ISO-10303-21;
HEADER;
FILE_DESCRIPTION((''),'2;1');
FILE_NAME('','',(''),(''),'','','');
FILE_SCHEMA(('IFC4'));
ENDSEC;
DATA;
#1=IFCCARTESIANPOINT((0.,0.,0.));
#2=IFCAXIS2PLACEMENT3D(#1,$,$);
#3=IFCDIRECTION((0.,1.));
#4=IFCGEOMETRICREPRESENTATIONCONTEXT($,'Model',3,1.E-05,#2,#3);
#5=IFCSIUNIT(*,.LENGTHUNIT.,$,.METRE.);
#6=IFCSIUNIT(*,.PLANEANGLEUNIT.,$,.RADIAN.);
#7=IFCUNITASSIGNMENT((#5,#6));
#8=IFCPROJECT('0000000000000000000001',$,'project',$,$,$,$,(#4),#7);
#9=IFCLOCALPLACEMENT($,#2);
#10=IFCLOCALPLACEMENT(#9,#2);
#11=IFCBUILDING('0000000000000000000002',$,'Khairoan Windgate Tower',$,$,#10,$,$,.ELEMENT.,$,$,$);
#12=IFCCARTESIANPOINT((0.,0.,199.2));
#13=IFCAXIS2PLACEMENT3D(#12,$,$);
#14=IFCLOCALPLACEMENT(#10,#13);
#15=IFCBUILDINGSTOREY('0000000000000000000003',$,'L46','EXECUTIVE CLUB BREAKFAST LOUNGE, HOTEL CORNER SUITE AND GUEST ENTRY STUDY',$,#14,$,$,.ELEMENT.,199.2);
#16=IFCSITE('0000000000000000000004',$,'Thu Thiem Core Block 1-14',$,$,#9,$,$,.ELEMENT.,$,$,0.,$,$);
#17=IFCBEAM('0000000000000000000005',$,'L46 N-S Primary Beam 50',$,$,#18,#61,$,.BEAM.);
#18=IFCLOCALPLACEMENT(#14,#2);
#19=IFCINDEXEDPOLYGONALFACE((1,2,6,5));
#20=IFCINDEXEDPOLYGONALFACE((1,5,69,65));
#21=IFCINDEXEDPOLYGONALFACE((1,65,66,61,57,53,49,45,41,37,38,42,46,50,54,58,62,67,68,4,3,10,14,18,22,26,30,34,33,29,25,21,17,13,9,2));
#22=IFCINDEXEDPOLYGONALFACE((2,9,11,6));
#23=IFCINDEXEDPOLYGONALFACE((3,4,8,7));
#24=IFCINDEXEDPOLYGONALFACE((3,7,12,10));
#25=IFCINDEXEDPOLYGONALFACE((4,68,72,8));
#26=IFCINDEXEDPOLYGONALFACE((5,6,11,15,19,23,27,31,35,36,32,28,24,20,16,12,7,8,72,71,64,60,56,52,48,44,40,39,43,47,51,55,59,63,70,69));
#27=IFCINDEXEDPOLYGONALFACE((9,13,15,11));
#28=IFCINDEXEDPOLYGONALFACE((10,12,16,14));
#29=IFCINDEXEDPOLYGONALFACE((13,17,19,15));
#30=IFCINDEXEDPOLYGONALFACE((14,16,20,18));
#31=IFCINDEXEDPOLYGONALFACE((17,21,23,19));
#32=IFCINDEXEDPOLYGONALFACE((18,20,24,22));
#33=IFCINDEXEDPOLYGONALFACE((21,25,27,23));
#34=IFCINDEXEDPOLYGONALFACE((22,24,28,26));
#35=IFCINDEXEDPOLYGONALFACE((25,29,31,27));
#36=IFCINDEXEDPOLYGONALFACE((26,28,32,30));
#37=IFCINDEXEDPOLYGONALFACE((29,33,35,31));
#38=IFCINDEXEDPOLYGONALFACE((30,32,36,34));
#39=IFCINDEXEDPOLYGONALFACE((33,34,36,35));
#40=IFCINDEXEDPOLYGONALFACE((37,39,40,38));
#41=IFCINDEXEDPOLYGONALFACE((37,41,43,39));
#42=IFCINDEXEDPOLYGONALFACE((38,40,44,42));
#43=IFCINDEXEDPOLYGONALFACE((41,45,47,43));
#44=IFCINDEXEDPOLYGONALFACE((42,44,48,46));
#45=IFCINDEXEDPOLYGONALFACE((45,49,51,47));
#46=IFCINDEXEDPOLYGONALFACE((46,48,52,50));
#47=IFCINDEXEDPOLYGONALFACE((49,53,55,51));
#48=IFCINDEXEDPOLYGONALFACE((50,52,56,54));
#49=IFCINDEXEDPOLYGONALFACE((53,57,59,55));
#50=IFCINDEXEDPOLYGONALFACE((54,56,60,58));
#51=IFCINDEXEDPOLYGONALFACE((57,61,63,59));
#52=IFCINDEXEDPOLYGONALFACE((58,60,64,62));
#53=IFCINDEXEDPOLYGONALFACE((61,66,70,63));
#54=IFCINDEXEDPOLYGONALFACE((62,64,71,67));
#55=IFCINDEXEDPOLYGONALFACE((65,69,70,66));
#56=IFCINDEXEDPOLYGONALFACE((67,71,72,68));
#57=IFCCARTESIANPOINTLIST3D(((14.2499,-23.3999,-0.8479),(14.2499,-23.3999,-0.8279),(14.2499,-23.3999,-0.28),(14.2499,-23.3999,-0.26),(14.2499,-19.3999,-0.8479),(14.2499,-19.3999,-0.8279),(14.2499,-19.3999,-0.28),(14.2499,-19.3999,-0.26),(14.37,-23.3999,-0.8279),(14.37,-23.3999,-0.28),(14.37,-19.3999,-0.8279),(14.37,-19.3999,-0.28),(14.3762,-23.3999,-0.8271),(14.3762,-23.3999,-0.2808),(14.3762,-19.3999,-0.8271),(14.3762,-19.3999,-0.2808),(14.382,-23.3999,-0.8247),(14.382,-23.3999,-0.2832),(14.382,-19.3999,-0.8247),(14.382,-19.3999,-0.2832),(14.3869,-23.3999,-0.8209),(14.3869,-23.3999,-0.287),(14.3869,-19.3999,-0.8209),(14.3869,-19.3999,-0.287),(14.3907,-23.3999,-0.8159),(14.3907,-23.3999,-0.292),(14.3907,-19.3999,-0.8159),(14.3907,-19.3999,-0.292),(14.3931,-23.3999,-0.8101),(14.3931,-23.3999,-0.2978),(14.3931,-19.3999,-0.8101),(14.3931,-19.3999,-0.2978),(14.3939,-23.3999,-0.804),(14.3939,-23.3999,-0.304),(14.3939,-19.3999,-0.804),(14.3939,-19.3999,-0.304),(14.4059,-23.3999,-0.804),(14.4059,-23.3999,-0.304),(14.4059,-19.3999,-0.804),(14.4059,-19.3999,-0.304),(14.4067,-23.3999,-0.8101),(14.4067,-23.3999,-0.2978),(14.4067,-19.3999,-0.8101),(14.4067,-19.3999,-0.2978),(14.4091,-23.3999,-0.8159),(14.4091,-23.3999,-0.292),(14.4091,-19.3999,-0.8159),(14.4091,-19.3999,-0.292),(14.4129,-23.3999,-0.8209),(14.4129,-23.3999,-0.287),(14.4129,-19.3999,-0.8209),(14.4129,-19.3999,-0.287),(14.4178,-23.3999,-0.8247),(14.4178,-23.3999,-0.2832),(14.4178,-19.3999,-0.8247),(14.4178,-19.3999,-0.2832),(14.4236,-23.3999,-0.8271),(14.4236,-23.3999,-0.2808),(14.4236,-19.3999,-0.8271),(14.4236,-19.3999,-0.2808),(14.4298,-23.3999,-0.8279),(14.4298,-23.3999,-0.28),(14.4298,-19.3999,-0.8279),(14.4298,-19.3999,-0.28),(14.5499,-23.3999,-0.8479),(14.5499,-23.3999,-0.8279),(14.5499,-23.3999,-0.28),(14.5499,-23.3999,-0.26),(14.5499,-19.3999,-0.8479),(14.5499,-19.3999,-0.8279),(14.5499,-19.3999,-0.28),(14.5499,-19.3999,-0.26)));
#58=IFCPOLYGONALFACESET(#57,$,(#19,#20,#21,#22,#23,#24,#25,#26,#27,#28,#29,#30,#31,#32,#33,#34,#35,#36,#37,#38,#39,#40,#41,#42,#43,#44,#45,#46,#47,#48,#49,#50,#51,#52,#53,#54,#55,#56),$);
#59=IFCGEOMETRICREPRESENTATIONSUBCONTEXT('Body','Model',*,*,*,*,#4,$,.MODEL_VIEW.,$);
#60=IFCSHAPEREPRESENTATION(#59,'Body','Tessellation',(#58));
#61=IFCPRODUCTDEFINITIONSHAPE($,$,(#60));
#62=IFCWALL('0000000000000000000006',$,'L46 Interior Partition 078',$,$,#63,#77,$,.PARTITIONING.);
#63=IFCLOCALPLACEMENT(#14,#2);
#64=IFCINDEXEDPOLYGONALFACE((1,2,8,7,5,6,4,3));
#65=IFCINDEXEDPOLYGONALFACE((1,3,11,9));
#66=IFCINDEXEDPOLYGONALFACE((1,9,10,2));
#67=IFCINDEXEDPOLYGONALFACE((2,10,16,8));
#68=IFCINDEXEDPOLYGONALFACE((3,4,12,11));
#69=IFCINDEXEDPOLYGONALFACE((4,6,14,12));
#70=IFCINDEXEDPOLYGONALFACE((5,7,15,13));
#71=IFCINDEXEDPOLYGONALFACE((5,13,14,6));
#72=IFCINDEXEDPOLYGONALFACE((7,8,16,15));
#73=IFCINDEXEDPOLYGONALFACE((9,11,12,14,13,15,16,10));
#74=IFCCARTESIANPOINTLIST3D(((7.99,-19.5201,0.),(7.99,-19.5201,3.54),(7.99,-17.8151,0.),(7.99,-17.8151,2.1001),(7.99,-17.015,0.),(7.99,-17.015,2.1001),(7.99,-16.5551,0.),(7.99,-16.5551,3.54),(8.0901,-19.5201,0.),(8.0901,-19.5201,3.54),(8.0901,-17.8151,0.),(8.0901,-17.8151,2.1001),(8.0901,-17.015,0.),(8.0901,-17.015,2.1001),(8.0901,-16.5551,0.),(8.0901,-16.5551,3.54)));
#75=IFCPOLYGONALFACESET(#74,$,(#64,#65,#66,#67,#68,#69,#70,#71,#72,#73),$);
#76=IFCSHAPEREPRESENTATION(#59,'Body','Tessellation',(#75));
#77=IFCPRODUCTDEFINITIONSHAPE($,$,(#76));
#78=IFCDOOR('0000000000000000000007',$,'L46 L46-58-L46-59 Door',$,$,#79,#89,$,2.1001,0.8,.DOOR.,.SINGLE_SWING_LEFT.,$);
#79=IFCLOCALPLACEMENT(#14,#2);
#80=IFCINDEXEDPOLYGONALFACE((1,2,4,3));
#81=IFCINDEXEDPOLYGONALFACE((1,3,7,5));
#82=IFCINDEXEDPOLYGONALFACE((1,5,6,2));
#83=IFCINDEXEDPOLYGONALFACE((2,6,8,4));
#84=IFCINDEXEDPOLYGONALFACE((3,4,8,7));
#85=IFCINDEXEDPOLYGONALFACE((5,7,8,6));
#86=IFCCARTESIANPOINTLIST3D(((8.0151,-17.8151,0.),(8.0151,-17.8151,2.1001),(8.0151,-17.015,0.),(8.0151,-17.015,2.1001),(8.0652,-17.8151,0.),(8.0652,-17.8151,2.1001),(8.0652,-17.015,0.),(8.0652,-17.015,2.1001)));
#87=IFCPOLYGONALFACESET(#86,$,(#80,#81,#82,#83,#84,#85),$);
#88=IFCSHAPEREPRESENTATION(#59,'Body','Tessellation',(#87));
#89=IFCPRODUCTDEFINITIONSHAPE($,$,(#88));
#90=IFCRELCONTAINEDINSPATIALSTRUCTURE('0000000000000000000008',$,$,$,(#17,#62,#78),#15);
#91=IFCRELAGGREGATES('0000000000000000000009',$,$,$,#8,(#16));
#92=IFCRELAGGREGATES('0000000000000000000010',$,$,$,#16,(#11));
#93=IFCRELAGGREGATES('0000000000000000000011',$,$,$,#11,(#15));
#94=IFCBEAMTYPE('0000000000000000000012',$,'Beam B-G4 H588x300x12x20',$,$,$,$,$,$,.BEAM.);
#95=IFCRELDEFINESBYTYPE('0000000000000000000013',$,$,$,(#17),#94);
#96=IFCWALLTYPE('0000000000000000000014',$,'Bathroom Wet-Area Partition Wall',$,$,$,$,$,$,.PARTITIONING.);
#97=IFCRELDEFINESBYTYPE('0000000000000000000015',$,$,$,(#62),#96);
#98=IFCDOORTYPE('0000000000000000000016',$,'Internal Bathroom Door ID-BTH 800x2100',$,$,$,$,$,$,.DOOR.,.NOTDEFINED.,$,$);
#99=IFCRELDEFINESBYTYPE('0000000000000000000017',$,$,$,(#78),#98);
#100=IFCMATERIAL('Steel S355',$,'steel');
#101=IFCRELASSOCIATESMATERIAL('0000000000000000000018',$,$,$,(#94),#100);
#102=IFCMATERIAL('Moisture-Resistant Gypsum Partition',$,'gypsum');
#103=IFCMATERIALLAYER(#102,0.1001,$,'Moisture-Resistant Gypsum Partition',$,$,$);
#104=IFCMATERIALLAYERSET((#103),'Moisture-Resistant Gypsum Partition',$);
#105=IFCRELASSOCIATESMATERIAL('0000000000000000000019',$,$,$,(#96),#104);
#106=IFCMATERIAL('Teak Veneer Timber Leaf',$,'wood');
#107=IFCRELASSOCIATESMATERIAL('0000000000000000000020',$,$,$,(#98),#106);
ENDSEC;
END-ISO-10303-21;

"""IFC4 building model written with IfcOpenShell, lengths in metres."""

from ifc_helpers import new_model, si_unit, direction, frame, frame_2d, origin, origin_2d, place, context, subcontext, project, spatial, rectangle, i_section, extrude, material, layer, layer_set, material_profile, profile_set, type_object, element, fill, save


model = new_model("IFC4")

# Units and contexts
model_context = context("Model", 3, precision=1e-05, world=origin(), true_north=direction((0.0, 1.0)))
body_context = subcontext(model_context, "Body", "Model", "MODEL_VIEW")
ifc_project = project(units=[si_unit("LENGTHUNIT", "METRE"), si_unit("PLANEANGLEUNIT", "RADIAN")], contexts=[model_context])

# Site, building, storey
site_placement = place(None, origin())
site = spatial("IfcSite", under=ifc_project, at=site_placement, Name="Thu Thiem Core Block 1-14", CompositionType="ELEMENT", RefElevation=0.0)
building_placement = place(site_placement, origin())
building = spatial("IfcBuilding", under=site, at=building_placement, Name="Khairoan Windgate Tower", CompositionType="ELEMENT")
storey_placement = place(building_placement, frame((0.0, 0.0, 199.2)))
storey = spatial("IfcBuildingStorey", under=building, at=storey_placement, Name="L46", Description="EXECUTIVE CLUB BREAKFAST LOUNGE, HOTEL CORNER SUITE AND GUEST ENTRY STUDY", CompositionType="ELEMENT", Elevation=199.2)

# Beam
ifc_material_1 = material(Name="Steel S355", Category="steel")
ifc_material_profile_1 = material_profile(ifc_material_1, i_section(OverallWidth=0.3, OverallDepth=0.5879, WebThickness=0.012, FlangeThickness=0.02, FilletRadius=0.0239, at=origin_2d()))
ifc_profile_set_1 = profile_set([ifc_material_profile_1], Name="Steel S355")
beam_type = type_object("IfcBeamType", Name="Beam B-G4 H588x300x12x20", PredefinedType="BEAM", material=ifc_profile_set_1)
beam_1_placement = place(storey_placement, frame((14.3999, -23.3999, -0.554), z_axis=(0.0, 1.0, 0.0), x_axis=(-1.0, 0.0, 0.0)))
element("IfcBeam", 1, at=beam_1_placement, inside=storey, type_object=beam_type, Name="L46 N-S Primary Beam 50", PredefinedType="BEAM", context=body_context, shape_type="SweptSolid", body=[
    extrude(i_section(OverallWidth=0.3, OverallDepth=0.5879, WebThickness=0.012, FlangeThickness=0.02, FilletRadius=0.0239, at=origin_2d()), origin(), (0.0, 0.0, 1.0), 4.0),
])

# Wall, opening, door
ifc_material_2 = material(Name="Moisture-Resistant Gypsum Partition", Category="gypsum")
ifc_layer_1 = layer(ifc_material_2, 0.1001, Name="Moisture-Resistant Gypsum Partition")
ifc_layer_set_1 = layer_set([ifc_layer_1], Name="Moisture-Resistant Gypsum Partition")
wall_type_1 = type_object("IfcWallType", Name="Bathroom Wet-Area Partition Wall", PredefinedType="PARTITIONING", material=ifc_layer_set_1)
wall_1_placement = place(storey_placement, frame((8.04, -19.52, 0.0), z_axis=(0.0, 0.0, 1.0), x_axis=(0.0, 1.0, 0.0)))
wall_1 = element("IfcWall", 2, at=wall_1_placement, inside=storey, type_object=wall_type_1, Name="L46 Interior Partition 078", PredefinedType="PARTITIONING", context=body_context, shape_type="SweptSolid", body=[
    extrude(rectangle(XDim=2.9651, YDim=0.1001, at=frame_2d((1.4824, 0.0))), origin(), (0.0, 0.0, 1.0), 3.54),
])
opening_1_placement = place(wall_1_placement, frame((1.7051, 0.0, 0.0)))
opening_1 = element("IfcOpeningElement", 3, at=opening_1_placement, cuts=wall_1, PredefinedType="OPENING", context=body_context, shape_type="SweptSolid", body=[
    extrude(rectangle(XDim=0.8, YDim=2.1001, at=frame_2d((0.3999, 1.05))), frame((0.0, 0.0601, 0.0), z_axis=(0.0, -1.0, 0.0), x_axis=(1.0, 0.0, 0.0)), (0.0, 0.0, 1.0), 0.1201),
])
ifc_material_3 = material(Name="Teak Veneer Timber Leaf", Category="wood")
door_type_1 = type_object("IfcDoorType", Name="Internal Bathroom Door ID-BTH 800x2100", OperationType="NOTDEFINED", PredefinedType="DOOR", material=ifc_material_3)
door_1_placement = place(opening_1_placement, origin())
door_1 = element("IfcDoor", 4, at=door_1_placement, inside=storey, type_object=door_type_1, Name="L46 L46-58-L46-59 Door", OperationType="SINGLE_SWING_LEFT", OverallHeight=2.1001, OverallWidth=0.8, PredefinedType="DOOR", context=body_context, shape_type="SweptSolid", body=[
    extrude(rectangle(XDim=0.8, YDim=2.1001, at=frame_2d((0.3999, 1.05))), frame((0.0, 0.0249, 0.0), z_axis=(0.0, -1.0, 0.0), x_axis=(1.0, 0.0, 0.0)), (0.0, 0.0, 1.0), 0.05),
])
fill(opening_1, door_1)

save(model, "model.ifc")
